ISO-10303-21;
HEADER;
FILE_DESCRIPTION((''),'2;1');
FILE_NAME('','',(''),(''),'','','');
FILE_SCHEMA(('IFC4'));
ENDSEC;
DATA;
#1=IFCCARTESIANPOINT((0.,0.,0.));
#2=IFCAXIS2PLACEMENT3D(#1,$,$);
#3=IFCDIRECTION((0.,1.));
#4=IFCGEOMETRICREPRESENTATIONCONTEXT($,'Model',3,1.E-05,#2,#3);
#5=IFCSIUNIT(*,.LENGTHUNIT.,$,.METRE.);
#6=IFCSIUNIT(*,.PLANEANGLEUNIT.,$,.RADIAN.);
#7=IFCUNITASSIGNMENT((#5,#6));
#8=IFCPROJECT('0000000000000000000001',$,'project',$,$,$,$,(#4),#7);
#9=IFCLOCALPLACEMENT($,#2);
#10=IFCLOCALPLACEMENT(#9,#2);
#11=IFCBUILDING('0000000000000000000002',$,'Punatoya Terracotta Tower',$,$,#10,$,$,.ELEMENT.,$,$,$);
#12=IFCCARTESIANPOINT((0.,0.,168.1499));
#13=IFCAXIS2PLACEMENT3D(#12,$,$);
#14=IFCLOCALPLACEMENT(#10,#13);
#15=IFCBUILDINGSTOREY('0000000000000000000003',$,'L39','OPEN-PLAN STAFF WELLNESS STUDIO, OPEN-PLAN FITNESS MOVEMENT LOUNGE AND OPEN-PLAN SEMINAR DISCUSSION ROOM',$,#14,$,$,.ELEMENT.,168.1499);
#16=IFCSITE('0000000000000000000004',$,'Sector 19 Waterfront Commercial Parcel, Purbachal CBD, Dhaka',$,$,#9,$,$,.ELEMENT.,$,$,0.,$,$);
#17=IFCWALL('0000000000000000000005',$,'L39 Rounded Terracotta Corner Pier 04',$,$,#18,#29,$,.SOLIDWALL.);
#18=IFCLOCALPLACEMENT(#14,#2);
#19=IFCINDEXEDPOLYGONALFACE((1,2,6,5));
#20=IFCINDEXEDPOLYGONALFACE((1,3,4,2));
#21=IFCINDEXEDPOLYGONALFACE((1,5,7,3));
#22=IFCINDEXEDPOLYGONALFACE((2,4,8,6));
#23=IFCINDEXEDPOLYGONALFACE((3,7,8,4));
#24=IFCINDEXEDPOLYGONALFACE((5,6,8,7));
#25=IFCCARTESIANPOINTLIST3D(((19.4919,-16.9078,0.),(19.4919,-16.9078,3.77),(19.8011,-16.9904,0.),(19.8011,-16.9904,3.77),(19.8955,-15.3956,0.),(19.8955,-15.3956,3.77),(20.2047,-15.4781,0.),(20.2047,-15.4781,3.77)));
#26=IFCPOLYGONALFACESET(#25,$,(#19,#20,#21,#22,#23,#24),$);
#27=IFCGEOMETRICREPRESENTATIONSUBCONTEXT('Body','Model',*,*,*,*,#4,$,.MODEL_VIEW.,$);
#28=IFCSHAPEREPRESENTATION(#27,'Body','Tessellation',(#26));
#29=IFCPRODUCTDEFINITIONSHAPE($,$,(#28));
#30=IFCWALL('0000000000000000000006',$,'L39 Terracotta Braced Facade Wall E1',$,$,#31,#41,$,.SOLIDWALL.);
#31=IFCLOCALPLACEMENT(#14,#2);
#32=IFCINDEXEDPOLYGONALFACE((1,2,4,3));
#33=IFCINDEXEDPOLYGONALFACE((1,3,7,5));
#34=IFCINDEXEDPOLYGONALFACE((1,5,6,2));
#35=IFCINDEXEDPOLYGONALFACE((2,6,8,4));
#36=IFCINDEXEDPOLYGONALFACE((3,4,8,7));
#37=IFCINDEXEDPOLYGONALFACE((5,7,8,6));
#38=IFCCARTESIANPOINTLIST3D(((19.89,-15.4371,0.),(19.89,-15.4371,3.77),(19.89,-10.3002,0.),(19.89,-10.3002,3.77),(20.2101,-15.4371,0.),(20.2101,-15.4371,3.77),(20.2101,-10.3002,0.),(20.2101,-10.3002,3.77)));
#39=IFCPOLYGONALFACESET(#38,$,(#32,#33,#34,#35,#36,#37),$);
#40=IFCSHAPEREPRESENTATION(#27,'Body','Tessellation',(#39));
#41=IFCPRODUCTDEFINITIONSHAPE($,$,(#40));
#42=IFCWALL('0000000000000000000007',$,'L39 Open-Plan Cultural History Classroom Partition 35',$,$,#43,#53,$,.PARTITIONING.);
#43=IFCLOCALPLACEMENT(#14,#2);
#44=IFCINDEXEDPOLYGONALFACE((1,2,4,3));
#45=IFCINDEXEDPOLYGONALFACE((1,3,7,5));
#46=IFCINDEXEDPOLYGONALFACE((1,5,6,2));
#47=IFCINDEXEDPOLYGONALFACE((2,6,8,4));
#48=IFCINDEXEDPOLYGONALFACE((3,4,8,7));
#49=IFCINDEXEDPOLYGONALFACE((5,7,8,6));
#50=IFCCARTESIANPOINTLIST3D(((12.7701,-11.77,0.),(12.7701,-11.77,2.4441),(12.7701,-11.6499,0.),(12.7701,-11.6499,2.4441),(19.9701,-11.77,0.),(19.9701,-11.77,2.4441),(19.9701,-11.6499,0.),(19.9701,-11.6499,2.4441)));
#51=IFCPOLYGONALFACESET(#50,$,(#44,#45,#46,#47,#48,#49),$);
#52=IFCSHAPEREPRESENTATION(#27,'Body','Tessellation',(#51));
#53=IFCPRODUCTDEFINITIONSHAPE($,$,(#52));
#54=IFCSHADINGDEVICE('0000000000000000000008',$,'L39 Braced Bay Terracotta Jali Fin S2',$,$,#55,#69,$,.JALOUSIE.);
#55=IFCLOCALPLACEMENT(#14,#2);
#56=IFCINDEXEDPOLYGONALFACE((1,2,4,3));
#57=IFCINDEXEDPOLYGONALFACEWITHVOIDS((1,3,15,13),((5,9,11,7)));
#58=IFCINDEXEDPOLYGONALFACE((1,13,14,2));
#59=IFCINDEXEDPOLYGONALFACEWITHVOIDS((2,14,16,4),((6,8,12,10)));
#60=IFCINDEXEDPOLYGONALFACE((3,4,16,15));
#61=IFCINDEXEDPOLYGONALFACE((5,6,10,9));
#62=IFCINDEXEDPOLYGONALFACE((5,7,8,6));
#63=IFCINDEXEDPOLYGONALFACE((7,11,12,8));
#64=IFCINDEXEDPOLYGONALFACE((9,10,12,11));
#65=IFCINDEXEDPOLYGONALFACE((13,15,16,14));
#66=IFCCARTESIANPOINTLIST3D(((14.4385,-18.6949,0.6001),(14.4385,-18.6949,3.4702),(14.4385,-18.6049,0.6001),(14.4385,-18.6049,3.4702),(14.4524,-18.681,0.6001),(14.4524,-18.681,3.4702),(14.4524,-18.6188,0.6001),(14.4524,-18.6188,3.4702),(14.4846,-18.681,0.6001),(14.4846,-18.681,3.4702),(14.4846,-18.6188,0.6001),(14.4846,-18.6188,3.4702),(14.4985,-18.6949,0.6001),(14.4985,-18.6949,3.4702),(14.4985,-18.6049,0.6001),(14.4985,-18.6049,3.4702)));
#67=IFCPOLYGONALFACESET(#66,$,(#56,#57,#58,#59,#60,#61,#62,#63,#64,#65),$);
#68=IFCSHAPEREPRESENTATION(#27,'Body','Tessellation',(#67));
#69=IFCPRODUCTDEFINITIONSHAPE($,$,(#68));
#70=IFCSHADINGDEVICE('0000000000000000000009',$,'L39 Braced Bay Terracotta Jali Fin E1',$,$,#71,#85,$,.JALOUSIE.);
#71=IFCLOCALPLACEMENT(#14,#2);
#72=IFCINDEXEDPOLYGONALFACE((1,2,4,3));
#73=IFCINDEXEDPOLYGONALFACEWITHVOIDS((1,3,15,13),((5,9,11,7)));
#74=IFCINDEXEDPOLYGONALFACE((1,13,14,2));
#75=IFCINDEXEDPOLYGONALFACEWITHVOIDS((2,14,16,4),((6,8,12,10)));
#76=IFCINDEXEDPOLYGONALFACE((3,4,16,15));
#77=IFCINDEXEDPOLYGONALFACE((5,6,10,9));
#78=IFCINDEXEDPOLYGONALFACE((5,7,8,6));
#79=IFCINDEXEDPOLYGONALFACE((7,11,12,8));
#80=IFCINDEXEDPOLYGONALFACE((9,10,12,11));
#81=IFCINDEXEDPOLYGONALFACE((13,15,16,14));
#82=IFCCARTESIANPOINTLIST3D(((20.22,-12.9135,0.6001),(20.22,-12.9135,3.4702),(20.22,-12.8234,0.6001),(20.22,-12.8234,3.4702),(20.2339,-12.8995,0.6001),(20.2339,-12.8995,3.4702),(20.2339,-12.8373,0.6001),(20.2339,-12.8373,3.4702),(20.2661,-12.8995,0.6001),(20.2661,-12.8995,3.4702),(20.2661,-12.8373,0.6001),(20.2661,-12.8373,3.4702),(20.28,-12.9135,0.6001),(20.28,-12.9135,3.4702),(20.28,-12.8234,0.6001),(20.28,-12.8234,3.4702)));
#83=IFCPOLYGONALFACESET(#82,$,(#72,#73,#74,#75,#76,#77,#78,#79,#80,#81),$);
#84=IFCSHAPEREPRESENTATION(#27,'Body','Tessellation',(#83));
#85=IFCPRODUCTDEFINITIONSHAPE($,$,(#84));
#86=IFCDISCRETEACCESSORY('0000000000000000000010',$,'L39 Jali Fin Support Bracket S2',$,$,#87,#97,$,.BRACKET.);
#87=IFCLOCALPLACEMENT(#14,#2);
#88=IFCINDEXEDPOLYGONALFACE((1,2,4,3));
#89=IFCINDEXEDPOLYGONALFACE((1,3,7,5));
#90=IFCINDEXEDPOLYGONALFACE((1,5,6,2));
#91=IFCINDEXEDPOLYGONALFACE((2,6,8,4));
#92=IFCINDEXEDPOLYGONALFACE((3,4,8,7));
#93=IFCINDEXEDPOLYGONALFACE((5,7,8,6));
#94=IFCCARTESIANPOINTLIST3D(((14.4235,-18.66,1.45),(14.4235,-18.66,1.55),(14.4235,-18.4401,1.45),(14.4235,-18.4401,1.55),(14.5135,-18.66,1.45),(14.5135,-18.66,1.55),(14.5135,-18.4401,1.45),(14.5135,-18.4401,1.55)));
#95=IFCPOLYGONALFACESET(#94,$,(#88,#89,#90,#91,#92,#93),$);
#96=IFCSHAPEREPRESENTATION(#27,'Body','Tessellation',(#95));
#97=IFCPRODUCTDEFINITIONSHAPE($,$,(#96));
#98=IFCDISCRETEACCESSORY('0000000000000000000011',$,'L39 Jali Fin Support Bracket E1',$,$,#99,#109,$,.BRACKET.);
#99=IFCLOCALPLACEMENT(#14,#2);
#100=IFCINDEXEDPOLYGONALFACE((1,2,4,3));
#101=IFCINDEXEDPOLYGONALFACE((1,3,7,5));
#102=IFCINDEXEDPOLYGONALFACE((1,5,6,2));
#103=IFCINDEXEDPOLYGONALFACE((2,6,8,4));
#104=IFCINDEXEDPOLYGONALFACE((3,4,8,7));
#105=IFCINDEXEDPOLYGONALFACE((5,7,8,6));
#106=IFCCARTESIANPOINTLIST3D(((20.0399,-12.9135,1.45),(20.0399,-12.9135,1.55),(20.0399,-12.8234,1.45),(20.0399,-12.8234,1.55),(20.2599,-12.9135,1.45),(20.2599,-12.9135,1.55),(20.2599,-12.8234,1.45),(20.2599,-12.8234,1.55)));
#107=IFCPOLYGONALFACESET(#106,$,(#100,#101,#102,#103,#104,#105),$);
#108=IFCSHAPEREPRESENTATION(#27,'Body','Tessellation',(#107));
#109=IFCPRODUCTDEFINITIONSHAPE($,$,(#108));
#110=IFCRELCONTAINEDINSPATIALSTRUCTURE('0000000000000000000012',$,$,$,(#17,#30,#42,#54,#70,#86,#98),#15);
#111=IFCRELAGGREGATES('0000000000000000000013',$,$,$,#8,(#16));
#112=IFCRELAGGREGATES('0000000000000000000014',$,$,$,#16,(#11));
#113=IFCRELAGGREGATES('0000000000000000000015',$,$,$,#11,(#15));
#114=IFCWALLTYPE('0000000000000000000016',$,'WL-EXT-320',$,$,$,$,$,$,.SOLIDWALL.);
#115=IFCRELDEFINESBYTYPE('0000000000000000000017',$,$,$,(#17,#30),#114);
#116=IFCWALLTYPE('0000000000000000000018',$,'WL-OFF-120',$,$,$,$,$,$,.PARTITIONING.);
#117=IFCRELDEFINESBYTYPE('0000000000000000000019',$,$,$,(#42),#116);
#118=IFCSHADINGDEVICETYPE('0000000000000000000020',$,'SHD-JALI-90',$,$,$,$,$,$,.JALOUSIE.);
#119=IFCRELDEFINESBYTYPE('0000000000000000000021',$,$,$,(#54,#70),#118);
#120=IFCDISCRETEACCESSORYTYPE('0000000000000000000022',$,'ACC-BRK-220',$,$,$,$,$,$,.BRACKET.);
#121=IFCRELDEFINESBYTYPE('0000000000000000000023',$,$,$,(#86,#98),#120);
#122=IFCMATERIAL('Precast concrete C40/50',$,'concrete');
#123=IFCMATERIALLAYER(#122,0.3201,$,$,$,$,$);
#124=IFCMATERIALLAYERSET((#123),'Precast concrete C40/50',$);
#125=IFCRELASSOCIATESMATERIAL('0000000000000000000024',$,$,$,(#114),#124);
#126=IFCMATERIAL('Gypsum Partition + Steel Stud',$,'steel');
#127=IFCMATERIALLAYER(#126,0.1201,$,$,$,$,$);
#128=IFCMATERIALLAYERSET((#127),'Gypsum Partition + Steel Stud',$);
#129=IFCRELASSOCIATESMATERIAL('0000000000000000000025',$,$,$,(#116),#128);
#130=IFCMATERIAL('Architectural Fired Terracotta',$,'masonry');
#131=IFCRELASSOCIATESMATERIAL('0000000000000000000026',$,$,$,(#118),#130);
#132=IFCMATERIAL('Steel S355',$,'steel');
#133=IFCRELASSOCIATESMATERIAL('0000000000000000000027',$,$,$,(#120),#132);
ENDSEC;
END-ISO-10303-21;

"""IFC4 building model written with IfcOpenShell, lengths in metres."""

from ifc_helpers import new_model, si_unit, direction, frame, frame_2d, origin, origin_2d, place, context, subcontext, project, spatial, rectangle, hollow_rectangle, extrude, material, layer, layer_set, material_profile, profile_set, type_object, element, save


model = new_model("IFC4")

# Units and contexts
model_context = context("Model", 3, precision=1e-05, world=origin(), true_north=direction((0.0, 1.0)))
body_context = subcontext(model_context, "Body", "Model", "MODEL_VIEW")
ifc_project = project(units=[si_unit("LENGTHUNIT", "METRE"), si_unit("PLANEANGLEUNIT", "RADIAN")], contexts=[model_context])

# Site, building, storey
site_placement = place(None, origin())
site = spatial("IfcSite", under=ifc_project, at=site_placement, Name="Sector 19 Waterfront Commercial Parcel, Purbachal CBD, Dhaka", CompositionType="ELEMENT", RefElevation=0.0)
building_placement = place(site_placement, origin())
building = spatial("IfcBuilding", under=site, at=building_placement, Name="Punatoya Terracotta Tower", CompositionType="ELEMENT")
storey_placement = place(building_placement, frame((0.0, 0.0, 168.1499)))
storey = spatial("IfcBuildingStorey", under=building, at=storey_placement, Name="L39", Description="OPEN-PLAN STAFF WELLNESS STUDIO, OPEN-PLAN FITNESS MOVEMENT LOUNGE AND OPEN-PLAN SEMINAR DISCUSSION ROOM", CompositionType="ELEMENT", Elevation=168.1499)

# Shared definitions
ifc_material_1 = material(Name="Steel S355", Category="steel")

# Walls
ifc_material_2 = material(Name="Precast concrete C40/50", Category="concrete")
ifc_layer_1 = layer(ifc_material_2, 0.3201)
ifc_layer_set_1 = layer_set([ifc_layer_1], Name="Precast concrete C40/50")
wall_type_1 = type_object("IfcWallType", Name="WL-EXT-320", PredefinedType="SOLIDWALL", material=ifc_layer_set_1)
wall_1_placement = place(storey_placement, frame((19.6465, -16.9492, 0.0), z_axis=(0.0, 0.0, 1.0), x_axis=(0.257847, 0.966186, 0.0)))
element("IfcWall", 1, at=wall_1_placement, inside=storey, type_object=wall_type_1, Name="L39 Rounded Terracotta Corner Pier 04", PredefinedType="SOLIDWALL", context=body_context, shape_type="SweptSolid", body=[
    extrude(rectangle(XDim=1.5652, YDim=0.3201, at=frame_2d((0.7827, 0.0))), origin(), (0.0, 0.0, 1.0), 3.77),
])
wall_2_placement = place(storey_placement, frame((20.05, -15.437, 0.0), z_axis=(0.0, 0.0, 1.0), x_axis=(0.0, 1.0, 0.0)))
element("IfcWall", 2, at=wall_2_placement, inside=storey, type_object=wall_type_1, Name="L39 Terracotta Braced Facade Wall E1", PredefinedType="SOLIDWALL", context=body_context, shape_type="SweptSolid", body=[
    extrude(rectangle(XDim=5.137, YDim=0.3201, at=frame_2d((2.5684, 0.0))), origin(), (0.0, 0.0, 1.0), 3.77),
])
ifc_material_3 = material(Name="Gypsum Partition + Steel Stud", Category="steel")
ifc_layer_2 = layer(ifc_material_3, 0.1201)
ifc_layer_set_2 = layer_set([ifc_layer_2], Name="Gypsum Partition + Steel Stud")
wall_type_2 = type_object("IfcWallType", Name="WL-OFF-120", PredefinedType="PARTITIONING", material=ifc_layer_set_2)
wall_3_placement = place(storey_placement, frame((12.77, -11.71, 0.0), z_axis=(0.0, 0.0, 1.0), x_axis=(1.0, 0.0, 0.0)))
element("IfcWall", 3, at=wall_3_placement, inside=storey, type_object=wall_type_2, Name="L39 Open-Plan Cultural History Classroom Partition 35", PredefinedType="PARTITIONING", context=body_context, shape_type="SweptSolid", body=[
    extrude(rectangle(XDim=7.2, YDim=0.1201, at=frame_2d((3.6001, 0.0))), origin(), (0.0, 0.0, 1.0), 2.4441),
])

# Shading devices
ifc_material_4 = material(Name="Architectural Fired Terracotta", Category="masonry")
ifc_material_profile_1 = material_profile(ifc_material_4, hollow_rectangle(XDim=0.0601, YDim=0.0901, WallThickness=0.0139, at=origin_2d()))
ifc_profile_set_1 = profile_set([ifc_material_profile_1], Name="Architectural Fired Terracotta")
shading_device_type = type_object("IfcShadingDeviceType", Name="SHD-JALI-90", PredefinedType="JALOUSIE", material=ifc_profile_set_1)
for number, where, z_axis, x_axis, name in (
    (4, (14.4685, -18.6499, 0.6001), (0.0, 0.0, 1.0), (1.0, 0.0, 0.0), "L39 Braced Bay Terracotta Jali Fin S2"),
    (5, (20.25, -12.8684, 0.6001), (0.0, 0.0, 1.0), (1.0, 0.0, 0.0), "L39 Braced Bay Terracotta Jali Fin E1"),
):
    element("IfcShadingDevice", number, at=place(storey_placement, frame(where, z_axis=z_axis, x_axis=x_axis)), inside=storey, type_object=shading_device_type, Name=name, PredefinedType="JALOUSIE", context=body_context, shape_type="SweptSolid", body=[
        extrude(hollow_rectangle(XDim=0.0601, YDim=0.0901, WallThickness=0.0139, at=origin_2d()), origin(), (0.0, 0.0, 1.0), 2.8701),
    ])

# Discrete accessories
discrete_accessory_type = type_object("IfcDiscreteAccessoryType", Name="ACC-BRK-220", PredefinedType="BRACKET", material=ifc_material_1)
for number, where, z_axis, x_axis, name in (
    (6, (14.4685, -18.55, 1.45), (0.0, 0.0, 1.0), (1.0, 0.0, 0.0), "L39 Jali Fin Support Bracket S2"),
    (7, (20.1499, -12.8684, 1.45), (0.0, 0.0, 1.0), (0.0, 1.0, 0.0), "L39 Jali Fin Support Bracket E1"),
):
    element("IfcDiscreteAccessory", number, at=place(storey_placement, frame(where, z_axis=z_axis, x_axis=x_axis)), inside=storey, type_object=discrete_accessory_type, Name=name, PredefinedType="BRACKET", context=body_context, shape_type="SweptSolid", body=[
        extrude(rectangle(XDim=0.0901, YDim=0.22, at=origin_2d()), origin(), (0.0, 0.0, 1.0), 0.1001),
    ])

save(model, "model.ifc")
